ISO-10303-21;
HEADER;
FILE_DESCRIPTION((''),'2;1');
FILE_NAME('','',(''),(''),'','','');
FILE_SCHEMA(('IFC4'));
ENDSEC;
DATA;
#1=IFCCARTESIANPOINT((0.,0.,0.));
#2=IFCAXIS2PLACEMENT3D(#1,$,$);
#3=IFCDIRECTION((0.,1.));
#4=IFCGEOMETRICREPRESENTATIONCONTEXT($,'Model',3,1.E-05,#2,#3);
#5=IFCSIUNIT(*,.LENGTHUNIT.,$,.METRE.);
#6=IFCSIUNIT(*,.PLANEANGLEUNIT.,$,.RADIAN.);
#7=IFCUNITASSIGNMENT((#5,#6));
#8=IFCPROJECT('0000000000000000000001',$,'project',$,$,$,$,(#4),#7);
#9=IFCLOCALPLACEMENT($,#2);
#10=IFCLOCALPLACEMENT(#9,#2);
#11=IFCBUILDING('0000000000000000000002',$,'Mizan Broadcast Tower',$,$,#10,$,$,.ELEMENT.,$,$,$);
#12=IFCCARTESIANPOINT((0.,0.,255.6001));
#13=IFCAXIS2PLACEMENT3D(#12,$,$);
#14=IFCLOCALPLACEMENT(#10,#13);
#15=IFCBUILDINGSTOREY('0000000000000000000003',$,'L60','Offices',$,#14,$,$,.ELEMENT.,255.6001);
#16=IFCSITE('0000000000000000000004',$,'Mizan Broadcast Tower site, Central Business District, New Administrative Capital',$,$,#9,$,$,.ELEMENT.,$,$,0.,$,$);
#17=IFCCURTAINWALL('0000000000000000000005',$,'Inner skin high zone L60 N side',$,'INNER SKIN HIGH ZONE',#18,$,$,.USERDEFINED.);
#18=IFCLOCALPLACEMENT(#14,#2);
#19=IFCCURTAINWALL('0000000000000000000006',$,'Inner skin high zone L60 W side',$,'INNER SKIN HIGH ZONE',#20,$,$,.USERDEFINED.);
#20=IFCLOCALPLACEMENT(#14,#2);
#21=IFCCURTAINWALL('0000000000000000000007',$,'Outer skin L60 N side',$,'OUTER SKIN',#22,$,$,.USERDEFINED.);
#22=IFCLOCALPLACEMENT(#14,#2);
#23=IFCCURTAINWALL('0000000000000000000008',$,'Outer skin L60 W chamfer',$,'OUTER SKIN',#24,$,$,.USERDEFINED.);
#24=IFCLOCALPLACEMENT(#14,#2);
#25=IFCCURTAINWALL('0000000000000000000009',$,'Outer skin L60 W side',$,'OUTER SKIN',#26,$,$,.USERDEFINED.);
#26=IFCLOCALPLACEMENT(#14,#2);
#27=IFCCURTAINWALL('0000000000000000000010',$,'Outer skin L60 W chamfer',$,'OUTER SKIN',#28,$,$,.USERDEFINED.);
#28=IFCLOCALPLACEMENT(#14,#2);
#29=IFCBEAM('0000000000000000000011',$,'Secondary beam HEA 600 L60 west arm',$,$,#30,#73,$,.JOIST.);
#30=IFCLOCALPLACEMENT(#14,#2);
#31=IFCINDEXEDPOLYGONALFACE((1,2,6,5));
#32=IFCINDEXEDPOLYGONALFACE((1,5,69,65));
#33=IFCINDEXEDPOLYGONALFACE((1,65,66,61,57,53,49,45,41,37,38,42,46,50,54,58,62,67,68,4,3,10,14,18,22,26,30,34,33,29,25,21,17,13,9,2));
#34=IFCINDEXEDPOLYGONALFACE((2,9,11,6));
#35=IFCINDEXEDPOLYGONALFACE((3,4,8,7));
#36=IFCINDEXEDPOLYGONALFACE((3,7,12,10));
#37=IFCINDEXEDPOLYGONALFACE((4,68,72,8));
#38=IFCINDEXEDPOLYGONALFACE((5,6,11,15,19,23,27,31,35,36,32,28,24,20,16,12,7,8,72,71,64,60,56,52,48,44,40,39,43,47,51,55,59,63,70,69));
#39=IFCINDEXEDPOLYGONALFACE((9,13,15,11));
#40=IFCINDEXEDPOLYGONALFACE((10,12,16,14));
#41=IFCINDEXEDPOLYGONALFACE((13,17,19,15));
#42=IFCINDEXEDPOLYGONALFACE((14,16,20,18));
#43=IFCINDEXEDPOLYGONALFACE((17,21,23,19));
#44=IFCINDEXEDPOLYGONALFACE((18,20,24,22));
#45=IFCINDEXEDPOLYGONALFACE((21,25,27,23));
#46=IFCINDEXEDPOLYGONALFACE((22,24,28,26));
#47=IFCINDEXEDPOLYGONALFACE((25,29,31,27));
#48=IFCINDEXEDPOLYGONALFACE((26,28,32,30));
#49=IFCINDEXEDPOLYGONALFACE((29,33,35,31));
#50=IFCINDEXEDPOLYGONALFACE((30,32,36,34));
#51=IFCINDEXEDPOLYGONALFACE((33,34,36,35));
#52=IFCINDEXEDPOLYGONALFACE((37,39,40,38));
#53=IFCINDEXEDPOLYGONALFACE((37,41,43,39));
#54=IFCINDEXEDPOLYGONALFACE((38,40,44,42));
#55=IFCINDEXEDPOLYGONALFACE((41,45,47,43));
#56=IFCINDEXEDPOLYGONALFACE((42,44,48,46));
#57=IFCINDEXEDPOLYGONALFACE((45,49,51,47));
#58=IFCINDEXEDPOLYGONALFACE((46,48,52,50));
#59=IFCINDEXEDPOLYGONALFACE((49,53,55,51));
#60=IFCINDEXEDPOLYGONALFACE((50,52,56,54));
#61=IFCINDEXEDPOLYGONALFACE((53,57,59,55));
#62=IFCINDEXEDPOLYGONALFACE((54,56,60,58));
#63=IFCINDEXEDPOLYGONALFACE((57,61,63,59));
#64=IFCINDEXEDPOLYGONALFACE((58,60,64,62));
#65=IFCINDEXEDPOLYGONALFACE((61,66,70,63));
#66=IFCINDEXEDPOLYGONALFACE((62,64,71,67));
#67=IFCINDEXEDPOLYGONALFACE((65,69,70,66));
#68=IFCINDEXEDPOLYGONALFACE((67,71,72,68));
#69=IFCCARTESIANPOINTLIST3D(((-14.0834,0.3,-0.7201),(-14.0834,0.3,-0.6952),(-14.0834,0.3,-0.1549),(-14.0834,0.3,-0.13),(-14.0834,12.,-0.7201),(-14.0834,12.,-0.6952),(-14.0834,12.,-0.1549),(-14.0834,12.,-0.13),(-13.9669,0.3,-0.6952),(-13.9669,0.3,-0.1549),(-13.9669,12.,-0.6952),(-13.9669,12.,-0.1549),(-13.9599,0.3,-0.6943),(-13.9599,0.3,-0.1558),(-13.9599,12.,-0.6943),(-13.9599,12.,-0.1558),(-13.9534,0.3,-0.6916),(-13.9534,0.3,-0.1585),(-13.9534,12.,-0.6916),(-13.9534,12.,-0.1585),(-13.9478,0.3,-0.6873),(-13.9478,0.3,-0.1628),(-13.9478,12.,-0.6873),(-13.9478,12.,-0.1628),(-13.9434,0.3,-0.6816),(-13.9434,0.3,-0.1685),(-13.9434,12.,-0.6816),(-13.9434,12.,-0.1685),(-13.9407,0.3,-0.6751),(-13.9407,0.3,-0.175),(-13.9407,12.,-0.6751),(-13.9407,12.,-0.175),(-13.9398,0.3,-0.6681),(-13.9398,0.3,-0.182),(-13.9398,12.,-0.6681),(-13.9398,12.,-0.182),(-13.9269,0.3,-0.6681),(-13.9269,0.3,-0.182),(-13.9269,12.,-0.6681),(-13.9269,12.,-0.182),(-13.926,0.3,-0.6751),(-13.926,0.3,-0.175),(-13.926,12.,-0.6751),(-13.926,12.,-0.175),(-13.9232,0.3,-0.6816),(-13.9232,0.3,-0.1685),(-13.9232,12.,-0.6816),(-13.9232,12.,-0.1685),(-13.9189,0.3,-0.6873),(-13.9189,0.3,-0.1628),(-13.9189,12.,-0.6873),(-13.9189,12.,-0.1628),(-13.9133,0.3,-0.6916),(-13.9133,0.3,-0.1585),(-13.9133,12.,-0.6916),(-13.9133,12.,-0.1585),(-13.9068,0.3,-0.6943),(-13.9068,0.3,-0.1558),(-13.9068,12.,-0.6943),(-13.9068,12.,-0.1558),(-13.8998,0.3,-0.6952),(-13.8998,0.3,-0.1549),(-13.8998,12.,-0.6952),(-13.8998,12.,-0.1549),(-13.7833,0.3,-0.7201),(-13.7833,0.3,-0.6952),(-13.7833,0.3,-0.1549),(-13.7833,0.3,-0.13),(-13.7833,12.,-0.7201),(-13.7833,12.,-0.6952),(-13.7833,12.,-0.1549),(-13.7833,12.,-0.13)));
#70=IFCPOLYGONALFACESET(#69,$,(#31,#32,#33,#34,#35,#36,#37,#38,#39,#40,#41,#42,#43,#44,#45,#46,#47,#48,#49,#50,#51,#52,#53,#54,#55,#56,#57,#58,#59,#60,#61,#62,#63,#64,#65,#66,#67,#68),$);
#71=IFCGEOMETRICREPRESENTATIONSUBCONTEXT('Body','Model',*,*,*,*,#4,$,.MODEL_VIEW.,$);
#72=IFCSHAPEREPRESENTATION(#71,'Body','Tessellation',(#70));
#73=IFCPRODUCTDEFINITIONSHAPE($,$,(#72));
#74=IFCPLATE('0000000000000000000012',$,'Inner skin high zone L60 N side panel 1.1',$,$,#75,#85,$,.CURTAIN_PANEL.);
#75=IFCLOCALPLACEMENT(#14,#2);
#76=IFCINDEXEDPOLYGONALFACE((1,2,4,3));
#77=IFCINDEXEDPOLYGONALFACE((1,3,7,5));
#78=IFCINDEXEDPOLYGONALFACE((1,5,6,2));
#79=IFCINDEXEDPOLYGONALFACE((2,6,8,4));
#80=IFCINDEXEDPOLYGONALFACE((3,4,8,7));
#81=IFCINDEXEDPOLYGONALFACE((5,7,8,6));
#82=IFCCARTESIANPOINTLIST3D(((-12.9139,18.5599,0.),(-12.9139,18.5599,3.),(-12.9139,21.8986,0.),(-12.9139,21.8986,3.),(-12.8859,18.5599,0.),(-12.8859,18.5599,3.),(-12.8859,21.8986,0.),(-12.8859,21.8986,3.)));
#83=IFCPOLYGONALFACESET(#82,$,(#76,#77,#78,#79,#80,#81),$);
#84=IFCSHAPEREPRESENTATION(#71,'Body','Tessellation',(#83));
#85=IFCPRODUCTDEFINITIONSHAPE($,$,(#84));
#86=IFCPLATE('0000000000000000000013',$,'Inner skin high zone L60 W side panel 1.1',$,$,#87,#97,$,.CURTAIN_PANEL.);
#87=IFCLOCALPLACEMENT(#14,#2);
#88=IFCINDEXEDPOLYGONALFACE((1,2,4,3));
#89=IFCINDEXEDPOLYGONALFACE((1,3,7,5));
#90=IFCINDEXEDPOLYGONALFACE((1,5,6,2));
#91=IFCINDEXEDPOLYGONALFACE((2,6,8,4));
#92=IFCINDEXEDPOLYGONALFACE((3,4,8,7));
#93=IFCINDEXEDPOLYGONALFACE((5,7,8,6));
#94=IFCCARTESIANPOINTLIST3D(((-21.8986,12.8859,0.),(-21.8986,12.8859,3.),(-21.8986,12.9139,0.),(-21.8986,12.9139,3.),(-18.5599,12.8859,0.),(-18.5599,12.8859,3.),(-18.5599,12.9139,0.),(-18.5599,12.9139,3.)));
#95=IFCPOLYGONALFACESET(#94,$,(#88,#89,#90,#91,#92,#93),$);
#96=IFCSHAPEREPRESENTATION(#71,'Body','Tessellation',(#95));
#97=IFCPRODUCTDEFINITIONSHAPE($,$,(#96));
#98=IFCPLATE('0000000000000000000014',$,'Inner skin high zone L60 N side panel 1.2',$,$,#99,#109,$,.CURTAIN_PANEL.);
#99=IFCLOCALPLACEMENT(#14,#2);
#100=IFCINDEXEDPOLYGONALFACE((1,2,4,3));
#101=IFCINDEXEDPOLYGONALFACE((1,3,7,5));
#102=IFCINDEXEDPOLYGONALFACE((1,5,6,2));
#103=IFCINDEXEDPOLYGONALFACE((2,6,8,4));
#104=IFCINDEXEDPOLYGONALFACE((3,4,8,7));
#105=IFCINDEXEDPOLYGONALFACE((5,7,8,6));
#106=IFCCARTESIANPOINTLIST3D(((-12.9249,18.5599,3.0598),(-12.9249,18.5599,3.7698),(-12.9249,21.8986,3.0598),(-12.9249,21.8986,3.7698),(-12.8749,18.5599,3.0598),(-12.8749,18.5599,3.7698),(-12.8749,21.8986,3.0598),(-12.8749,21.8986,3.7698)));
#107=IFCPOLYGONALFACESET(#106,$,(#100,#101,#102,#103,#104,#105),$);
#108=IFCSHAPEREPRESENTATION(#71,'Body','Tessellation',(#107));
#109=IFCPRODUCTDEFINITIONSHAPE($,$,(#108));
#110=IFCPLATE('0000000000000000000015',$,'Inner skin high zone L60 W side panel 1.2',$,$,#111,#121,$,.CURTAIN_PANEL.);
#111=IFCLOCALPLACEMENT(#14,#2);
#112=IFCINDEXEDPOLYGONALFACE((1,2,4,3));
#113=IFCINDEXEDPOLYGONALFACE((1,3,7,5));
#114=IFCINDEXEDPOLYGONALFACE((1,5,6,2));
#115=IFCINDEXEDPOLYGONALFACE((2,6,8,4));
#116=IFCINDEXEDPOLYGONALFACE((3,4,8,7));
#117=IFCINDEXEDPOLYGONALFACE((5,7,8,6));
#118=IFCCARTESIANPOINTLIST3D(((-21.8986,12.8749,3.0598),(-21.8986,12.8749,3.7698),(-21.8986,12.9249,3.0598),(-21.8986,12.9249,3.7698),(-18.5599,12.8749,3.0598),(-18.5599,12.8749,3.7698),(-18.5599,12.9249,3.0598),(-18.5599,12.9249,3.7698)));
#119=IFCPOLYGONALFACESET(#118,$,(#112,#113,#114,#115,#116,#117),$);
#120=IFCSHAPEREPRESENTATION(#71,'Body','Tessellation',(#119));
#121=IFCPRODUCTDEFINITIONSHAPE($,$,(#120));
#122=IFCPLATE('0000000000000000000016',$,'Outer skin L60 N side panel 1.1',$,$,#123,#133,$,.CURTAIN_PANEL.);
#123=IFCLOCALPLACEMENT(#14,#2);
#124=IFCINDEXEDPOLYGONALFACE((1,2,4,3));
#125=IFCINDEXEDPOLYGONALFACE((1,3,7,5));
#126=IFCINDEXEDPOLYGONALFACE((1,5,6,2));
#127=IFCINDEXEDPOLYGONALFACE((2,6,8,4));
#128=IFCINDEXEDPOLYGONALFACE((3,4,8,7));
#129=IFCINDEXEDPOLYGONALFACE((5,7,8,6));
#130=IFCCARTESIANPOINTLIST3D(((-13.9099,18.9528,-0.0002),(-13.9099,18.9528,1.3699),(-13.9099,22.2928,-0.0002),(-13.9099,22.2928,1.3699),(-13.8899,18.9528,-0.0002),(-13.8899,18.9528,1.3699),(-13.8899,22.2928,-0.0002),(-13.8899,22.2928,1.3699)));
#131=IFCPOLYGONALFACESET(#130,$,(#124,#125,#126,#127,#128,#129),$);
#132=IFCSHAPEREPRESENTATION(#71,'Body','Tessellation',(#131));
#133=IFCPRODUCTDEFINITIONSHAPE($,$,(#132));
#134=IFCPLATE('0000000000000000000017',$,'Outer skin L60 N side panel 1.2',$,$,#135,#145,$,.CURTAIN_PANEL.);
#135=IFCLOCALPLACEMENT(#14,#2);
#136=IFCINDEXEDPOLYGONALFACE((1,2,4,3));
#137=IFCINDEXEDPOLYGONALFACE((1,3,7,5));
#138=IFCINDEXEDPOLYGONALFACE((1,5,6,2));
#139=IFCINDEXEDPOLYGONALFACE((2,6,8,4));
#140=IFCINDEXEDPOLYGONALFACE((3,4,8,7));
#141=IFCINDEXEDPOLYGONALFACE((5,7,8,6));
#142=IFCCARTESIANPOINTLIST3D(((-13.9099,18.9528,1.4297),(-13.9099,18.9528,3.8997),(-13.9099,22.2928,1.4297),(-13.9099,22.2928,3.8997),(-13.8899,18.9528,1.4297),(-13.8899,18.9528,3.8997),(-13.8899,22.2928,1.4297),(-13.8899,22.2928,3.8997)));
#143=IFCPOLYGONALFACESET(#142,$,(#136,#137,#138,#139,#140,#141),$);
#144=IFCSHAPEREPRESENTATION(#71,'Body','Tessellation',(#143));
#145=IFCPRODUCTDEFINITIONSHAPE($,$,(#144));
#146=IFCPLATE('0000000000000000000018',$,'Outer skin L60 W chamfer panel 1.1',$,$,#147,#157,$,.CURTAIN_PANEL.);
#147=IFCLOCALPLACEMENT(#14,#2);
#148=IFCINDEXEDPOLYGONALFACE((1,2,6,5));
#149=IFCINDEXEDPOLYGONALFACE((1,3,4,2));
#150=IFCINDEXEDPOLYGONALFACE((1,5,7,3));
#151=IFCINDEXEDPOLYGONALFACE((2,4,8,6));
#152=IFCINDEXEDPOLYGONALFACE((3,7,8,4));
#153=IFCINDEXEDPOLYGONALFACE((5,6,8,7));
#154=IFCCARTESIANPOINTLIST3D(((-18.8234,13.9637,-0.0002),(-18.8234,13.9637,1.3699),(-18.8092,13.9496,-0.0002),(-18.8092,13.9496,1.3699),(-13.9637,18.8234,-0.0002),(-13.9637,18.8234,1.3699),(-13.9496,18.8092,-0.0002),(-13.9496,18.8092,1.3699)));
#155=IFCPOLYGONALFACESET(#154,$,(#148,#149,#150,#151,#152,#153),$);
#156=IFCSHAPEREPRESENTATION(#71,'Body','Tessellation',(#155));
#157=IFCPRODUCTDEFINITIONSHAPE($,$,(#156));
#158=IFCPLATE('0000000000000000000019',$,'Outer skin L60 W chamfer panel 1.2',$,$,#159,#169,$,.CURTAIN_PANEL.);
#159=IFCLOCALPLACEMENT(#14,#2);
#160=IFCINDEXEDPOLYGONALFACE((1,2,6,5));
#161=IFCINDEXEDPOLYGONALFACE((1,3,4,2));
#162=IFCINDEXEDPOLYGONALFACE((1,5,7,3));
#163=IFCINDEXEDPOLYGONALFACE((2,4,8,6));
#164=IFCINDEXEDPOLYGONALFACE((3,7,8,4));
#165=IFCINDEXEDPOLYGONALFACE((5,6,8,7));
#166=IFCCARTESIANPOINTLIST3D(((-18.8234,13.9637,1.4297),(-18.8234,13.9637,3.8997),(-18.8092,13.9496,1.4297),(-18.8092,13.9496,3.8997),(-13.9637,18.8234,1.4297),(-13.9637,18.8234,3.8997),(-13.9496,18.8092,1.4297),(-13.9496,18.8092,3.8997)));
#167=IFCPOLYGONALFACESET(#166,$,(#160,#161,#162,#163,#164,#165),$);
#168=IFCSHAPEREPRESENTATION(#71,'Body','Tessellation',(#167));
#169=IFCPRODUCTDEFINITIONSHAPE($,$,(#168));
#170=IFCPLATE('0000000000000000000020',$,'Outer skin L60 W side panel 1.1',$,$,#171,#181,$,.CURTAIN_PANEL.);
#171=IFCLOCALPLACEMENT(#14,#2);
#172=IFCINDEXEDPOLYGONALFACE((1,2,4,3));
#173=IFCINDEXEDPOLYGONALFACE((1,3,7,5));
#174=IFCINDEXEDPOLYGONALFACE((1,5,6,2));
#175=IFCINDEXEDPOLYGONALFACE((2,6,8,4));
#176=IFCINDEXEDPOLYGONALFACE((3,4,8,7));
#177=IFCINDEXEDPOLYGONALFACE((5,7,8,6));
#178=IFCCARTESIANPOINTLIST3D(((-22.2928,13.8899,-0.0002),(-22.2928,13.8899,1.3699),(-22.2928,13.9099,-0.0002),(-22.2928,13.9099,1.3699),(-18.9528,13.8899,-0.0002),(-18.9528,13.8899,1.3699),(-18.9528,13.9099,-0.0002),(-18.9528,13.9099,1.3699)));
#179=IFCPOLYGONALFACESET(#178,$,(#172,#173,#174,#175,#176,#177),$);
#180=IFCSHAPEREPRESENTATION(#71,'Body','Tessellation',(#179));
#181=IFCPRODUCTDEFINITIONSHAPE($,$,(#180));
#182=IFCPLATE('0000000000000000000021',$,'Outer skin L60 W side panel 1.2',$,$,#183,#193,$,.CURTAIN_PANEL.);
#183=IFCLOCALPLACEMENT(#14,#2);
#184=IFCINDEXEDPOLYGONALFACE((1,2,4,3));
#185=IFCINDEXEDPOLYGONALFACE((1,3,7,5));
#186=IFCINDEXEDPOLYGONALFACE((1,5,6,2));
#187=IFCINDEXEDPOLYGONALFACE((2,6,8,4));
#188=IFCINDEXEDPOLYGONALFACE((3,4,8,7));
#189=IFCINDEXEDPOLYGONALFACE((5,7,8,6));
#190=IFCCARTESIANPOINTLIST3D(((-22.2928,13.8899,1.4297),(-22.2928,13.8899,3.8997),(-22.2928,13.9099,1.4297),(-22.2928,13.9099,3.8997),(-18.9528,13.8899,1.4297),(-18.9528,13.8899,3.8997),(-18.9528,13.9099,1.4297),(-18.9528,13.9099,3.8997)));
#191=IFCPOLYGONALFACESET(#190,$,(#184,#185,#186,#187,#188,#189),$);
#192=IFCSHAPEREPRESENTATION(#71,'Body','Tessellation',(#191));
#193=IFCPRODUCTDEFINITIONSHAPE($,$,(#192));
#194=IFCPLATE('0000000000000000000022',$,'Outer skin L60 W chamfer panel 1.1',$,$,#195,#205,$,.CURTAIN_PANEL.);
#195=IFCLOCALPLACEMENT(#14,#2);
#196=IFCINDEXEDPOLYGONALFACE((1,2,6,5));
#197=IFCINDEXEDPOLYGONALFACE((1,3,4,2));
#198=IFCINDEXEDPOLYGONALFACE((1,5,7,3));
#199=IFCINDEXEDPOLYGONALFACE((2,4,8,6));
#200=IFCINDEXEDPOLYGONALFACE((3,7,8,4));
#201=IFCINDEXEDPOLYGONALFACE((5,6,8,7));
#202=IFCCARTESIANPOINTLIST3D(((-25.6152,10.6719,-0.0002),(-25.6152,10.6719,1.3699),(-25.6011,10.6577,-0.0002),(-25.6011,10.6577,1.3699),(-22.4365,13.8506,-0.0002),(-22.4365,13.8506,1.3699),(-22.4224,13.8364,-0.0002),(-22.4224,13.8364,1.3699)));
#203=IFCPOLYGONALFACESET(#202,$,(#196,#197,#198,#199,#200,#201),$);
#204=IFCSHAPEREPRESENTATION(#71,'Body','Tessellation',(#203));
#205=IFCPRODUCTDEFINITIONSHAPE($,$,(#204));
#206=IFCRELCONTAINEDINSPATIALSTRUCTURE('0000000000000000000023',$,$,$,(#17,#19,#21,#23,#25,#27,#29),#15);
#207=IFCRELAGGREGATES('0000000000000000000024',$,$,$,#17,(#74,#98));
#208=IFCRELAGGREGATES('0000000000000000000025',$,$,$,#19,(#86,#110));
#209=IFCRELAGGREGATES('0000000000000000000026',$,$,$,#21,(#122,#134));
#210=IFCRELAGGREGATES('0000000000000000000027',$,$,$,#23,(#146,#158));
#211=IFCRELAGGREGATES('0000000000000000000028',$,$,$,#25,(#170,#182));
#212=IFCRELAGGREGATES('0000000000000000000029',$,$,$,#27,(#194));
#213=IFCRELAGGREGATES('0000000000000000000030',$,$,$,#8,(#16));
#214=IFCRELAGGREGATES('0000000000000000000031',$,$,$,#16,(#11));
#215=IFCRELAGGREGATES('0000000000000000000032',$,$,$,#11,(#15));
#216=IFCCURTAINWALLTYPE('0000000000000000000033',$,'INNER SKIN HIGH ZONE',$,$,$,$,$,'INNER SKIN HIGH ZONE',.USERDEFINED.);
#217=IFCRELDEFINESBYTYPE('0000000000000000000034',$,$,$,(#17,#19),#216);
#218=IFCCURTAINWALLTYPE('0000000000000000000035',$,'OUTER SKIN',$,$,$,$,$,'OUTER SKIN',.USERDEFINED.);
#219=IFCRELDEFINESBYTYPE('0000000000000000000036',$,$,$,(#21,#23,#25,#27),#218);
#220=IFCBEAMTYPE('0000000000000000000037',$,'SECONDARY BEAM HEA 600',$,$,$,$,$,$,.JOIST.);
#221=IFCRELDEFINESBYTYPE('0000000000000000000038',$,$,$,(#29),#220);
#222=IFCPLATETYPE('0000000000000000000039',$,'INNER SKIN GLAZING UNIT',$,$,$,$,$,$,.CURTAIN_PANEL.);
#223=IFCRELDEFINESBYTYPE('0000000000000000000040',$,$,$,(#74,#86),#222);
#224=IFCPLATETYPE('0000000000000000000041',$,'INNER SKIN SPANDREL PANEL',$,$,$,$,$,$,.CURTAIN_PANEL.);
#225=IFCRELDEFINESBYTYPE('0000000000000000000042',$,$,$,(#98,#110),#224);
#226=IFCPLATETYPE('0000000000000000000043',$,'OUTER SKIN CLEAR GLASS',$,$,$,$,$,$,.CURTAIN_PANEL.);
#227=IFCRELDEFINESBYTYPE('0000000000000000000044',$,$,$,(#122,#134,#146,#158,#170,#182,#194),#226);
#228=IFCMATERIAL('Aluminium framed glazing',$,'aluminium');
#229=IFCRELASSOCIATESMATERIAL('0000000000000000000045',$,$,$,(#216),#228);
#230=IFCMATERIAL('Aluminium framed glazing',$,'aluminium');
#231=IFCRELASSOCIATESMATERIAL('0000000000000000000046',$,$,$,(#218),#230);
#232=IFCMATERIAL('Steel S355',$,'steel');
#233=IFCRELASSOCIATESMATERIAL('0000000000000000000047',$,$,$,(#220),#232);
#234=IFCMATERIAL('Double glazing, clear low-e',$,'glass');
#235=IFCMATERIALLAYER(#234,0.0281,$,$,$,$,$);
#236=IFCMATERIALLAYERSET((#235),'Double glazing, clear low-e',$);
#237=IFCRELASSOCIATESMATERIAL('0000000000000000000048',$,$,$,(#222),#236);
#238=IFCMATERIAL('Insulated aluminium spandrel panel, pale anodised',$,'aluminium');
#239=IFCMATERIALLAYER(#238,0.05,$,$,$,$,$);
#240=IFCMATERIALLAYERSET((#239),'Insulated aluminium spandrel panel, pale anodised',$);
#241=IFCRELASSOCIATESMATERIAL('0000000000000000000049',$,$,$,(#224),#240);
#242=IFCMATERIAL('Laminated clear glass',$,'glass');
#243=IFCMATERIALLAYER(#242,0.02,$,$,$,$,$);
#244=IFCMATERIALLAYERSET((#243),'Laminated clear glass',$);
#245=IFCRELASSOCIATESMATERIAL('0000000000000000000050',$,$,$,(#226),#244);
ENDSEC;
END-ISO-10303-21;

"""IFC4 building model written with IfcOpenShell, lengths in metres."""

from ifc_helpers import new_model, si_unit, direction, frame, origin, origin_2d, place, context, subcontext, project, spatial, rectangle, i_section, extrude, material, layer, layer_set, material_profile, profile_set, type_object, element, aggregate, save


model = new_model("IFC4")

# Units and contexts
model_context = context("Model", 3, precision=1e-05, world=origin(), true_north=direction((0.0, 1.0)))
body_context = subcontext(model_context, "Body", "Model", "MODEL_VIEW")
ifc_project = project(units=[si_unit("LENGTHUNIT", "METRE"), si_unit("PLANEANGLEUNIT", "RADIAN")], contexts=[model_context])

# Site, building, storey
site_placement = place(None, origin())
site = spatial("IfcSite", under=ifc_project, at=site_placement, Name="Mizan Broadcast Tower site, Central Business District, New Administrative Capital", CompositionType="ELEMENT", RefElevation=0.0)
building_placement = place(site_placement, origin())
building = spatial("IfcBuilding", under=site, at=building_placement, Name="Mizan Broadcast Tower", CompositionType="ELEMENT")
storey_placement = place(building_placement, frame((0.0, 0.0, 255.6001)))
storey = spatial("IfcBuildingStorey", under=building, at=storey_placement, Name="L60", Description="Offices", CompositionType="ELEMENT", Elevation=255.6001)

# Curtain wall
ifc_material_1 = material(Name="Aluminium framed glazing", Category="aluminium")
curtain_wall_type_1 = type_object("IfcCurtainWallType", Name="INNER SKIN HIGH ZONE", ElementType="INNER SKIN HIGH ZONE", PredefinedType="USERDEFINED", material=ifc_material_1)
curtain_wall_1_placement = place(storey_placement, origin())
curtain_wall_1 = element("IfcCurtainWall", 1, at=curtain_wall_1_placement, inside=storey, type_object=curtain_wall_type_1, Name="Inner skin high zone L60 N side", ObjectType="INNER SKIN HIGH ZONE", PredefinedType="USERDEFINED")

# Curtain wall
curtain_wall_2_placement = place(storey_placement, origin())
curtain_wall_2 = element("IfcCurtainWall", 2, at=curtain_wall_2_placement, inside=storey, type_object=curtain_wall_type_1, Name="Inner skin high zone L60 W side", ObjectType="INNER SKIN HIGH ZONE", PredefinedType="USERDEFINED")

# Curtain walls
ifc_material_2 = material(Name="Aluminium framed glazing", Category="aluminium")
curtain_wall_type_2 = type_object("IfcCurtainWallType", Name="OUTER SKIN", ElementType="OUTER SKIN", PredefinedType="USERDEFINED", material=ifc_material_2)
curtain_wall_3_placement = place(storey_placement, origin())
curtain_wall_3 = element("IfcCurtainWall", 3, at=curtain_wall_3_placement, inside=storey, type_object=curtain_wall_type_2, Name="Outer skin L60 N side", ObjectType="OUTER SKIN", PredefinedType="USERDEFINED")
curtain_wall_4_placement = place(storey_placement, origin())
curtain_wall_4 = element("IfcCurtainWall", 4, at=curtain_wall_4_placement, inside=storey, type_object=curtain_wall_type_2, Name="Outer skin L60 W chamfer", ObjectType="OUTER SKIN", PredefinedType="USERDEFINED")
curtain_wall_5_placement = place(storey_placement, origin())
curtain_wall_5 = element("IfcCurtainWall", 5, at=curtain_wall_5_placement, inside=storey, type_object=curtain_wall_type_2, Name="Outer skin L60 W side", ObjectType="OUTER SKIN", PredefinedType="USERDEFINED")

# Curtain wall
curtain_wall_6_placement = place(storey_placement, origin())
curtain_wall_6 = element("IfcCurtainWall", 6, at=curtain_wall_6_placement, inside=storey, type_object=curtain_wall_type_2, Name="Outer skin L60 W chamfer", ObjectType="OUTER SKIN", PredefinedType="USERDEFINED")

# Beam
ifc_material_3 = material(Name="Steel S355", Category="steel")
ifc_material_profile_1 = material_profile(ifc_material_3, i_section(OverallWidth=0.3, OverallDepth=0.5901, WebThickness=0.0129, FlangeThickness=0.0249, FilletRadius=0.0271, at=origin_2d()), Name="HEA 600")
ifc_profile_set_1 = profile_set([ifc_material_profile_1], Name="Steel S355")
beam_type = type_object("IfcBeamType", Name="SECONDARY BEAM HEA 600", PredefinedType="JOIST", material=ifc_profile_set_1)
beam_placement = place(storey_placement, frame((-13.9333, 12.0, -0.425), z_axis=(0.0, -1.0, 0.0), x_axis=(1.0, 0.0, 0.0)))
element("IfcBeam", 7, at=beam_placement, inside=storey, type_object=beam_type, Name="Secondary beam HEA 600 L60 west arm", PredefinedType="JOIST", context=body_context, shape_type="SweptSolid", body=[
    extrude(i_section(OverallWidth=0.3, OverallDepth=0.5901, WebThickness=0.0129, FlangeThickness=0.0249, FilletRadius=0.0271, at=origin_2d()), origin(), (0.0, 0.0, 1.0), 11.7),
])

# Plates
ifc_material_4 = material(Name="Double glazing, clear low-e", Category="glass")
ifc_layer_1 = layer(ifc_material_4, 0.0281)
ifc_layer_set_1 = layer_set([ifc_layer_1], Name="Double glazing, clear low-e")
plate_type_1 = type_object("IfcPlateType", Name="INNER SKIN GLAZING UNIT", PredefinedType="CURTAIN_PANEL", material=ifc_layer_set_1)
plate_1_placement = place(storey_placement, frame((-12.8999, 20.2292, 0.0), z_axis=(0.0, 0.0, 1.0), x_axis=(0.0, -1.0, 0.0)))
plate_1 = element("IfcPlate", 8, at=plate_1_placement, type_object=plate_type_1, Name="Inner skin high zone L60 N side panel 1.1", PredefinedType="CURTAIN_PANEL", context=body_context, shape_type="SweptSolid", body=[
    extrude(rectangle(XDim=3.3386, YDim=0.0281, at=origin_2d()), origin(), (0.0, 0.0, 1.0), 3.0),
])
plate_2_placement = place(storey_placement, frame((-20.2292, 12.8999, 0.0), z_axis=(0.0, 0.0, 1.0), x_axis=(-1.0, 0.0, 0.0)))
plate_2 = element("IfcPlate", 9, at=plate_2_placement, type_object=plate_type_1, Name="Inner skin high zone L60 W side panel 1.1", PredefinedType="CURTAIN_PANEL", context=body_context, shape_type="SweptSolid", body=[
    extrude(rectangle(XDim=3.3386, YDim=0.0281, at=origin_2d()), origin(), (0.0, 0.0, 1.0), 3.0),
])
ifc_material_5 = material(Name="Insulated aluminium spandrel panel, pale anodised", Category="aluminium")
ifc_layer_2 = layer(ifc_material_5, 0.05)
ifc_layer_set_2 = layer_set([ifc_layer_2], Name="Insulated aluminium spandrel panel, pale anodised")
plate_type_2 = type_object("IfcPlateType", Name="INNER SKIN SPANDREL PANEL", PredefinedType="CURTAIN_PANEL", material=ifc_layer_set_2)
plate_3_placement = place(storey_placement, frame((-12.8999, 20.2292, 3.0598), z_axis=(0.0, 0.0, 1.0), x_axis=(0.0, -1.0, 0.0)))
plate_3 = element("IfcPlate", 10, at=plate_3_placement, type_object=plate_type_2, Name="Inner skin high zone L60 N side panel 1.2", PredefinedType="CURTAIN_PANEL", context=body_context, shape_type="SweptSolid", body=[
    extrude(rectangle(XDim=3.3386, YDim=0.05, at=origin_2d()), origin(), (0.0, 0.0, 1.0), 0.71),
])
aggregate(curtain_wall_1, [plate_1, plate_3])
plate_4_placement = place(storey_placement, frame((-20.2292, 12.8999, 3.0598), z_axis=(0.0, 0.0, 1.0), x_axis=(-1.0, 0.0, 0.0)))
plate_4 = element("IfcPlate", 11, at=plate_4_placement, type_object=plate_type_2, Name="Inner skin high zone L60 W side panel 1.2", PredefinedType="CURTAIN_PANEL", context=body_context, shape_type="SweptSolid", body=[
    extrude(rectangle(XDim=3.3386, YDim=0.05, at=origin_2d()), origin(), (0.0, 0.0, 1.0), 0.71),
])
aggregate(curtain_wall_2, [plate_2, plate_4])
ifc_material_6 = material(Name="Laminated clear glass", Category="glass")
ifc_layer_3 = layer(ifc_material_6, 0.02)
ifc_layer_set_3 = layer_set([ifc_layer_3], Name="Laminated clear glass")
plate_type_3 = type_object("IfcPlateType", Name="OUTER SKIN CLEAR GLASS", PredefinedType="CURTAIN_PANEL", material=ifc_layer_set_3)
plate_5_placement = place(storey_placement, frame((-13.8999, 20.6228, -0.0002), z_axis=(0.0, 0.0, 1.0), x_axis=(0.0, -1.0, 0.0)))
plate_5 = element("IfcPlate", 12, at=plate_5_placement, type_object=plate_type_3, Name="Outer skin L60 N side panel 1.1", PredefinedType="CURTAIN_PANEL", context=body_context, shape_type="SweptSolid", body=[
    extrude(rectangle(XDim=3.3401, YDim=0.02, at=origin_2d()), origin(), (0.0, 0.0, 1.0), 1.3701),
])
plate_6_placement = place(storey_placement, frame((-13.8999, 20.6228, 1.4297), z_axis=(0.0, 0.0, 1.0), x_axis=(0.0, -1.0, 0.0)))
plate_6 = element("IfcPlate", 13, at=plate_6_placement, type_object=plate_type_3, Name="Outer skin L60 N side panel 1.2", PredefinedType="CURTAIN_PANEL", context=body_context, shape_type="SweptSolid", body=[
    extrude(rectangle(XDim=3.3401, YDim=0.02, at=origin_2d()), origin(), (0.0, 0.0, 1.0), 2.47),
])
aggregate(curtain_wall_3, [plate_5, plate_6])
plate_7_placement = place(storey_placement, frame((-16.3865, 16.3865, -0.0002), z_axis=(0.0, 0.0, 1.0), x_axis=(-0.707107, -0.707107, 0.0)))
plate_7 = element("IfcPlate", 14, at=plate_7_placement, type_object=plate_type_3, Name="Outer skin L60 W chamfer panel 1.1", PredefinedType="CURTAIN_PANEL", context=body_context, shape_type="SweptSolid", body=[
    extrude(rectangle(XDim=6.8726, YDim=0.02, at=origin_2d()), origin(), (0.0, 0.0, 1.0), 1.3701),
])
plate_8_placement = place(storey_placement, frame((-16.3865, 16.3865, 1.4297), z_axis=(0.0, 0.0, 1.0), x_axis=(-0.707107, -0.707107, 0.0)))
plate_8 = element("IfcPlate", 15, at=plate_8_placement, type_object=plate_type_3, Name="Outer skin L60 W chamfer panel 1.2", PredefinedType="CURTAIN_PANEL", context=body_context, shape_type="SweptSolid", body=[
    extrude(rectangle(XDim=6.8726, YDim=0.02, at=origin_2d()), origin(), (0.0, 0.0, 1.0), 2.47),
])
aggregate(curtain_wall_4, [plate_7, plate_8])
plate_9_placement = place(storey_placement, frame((-20.6228, 13.8999, -0.0002), z_axis=(0.0, 0.0, 1.0), x_axis=(-1.0, 0.0, 0.0)))
plate_9 = element("IfcPlate", 16, at=plate_9_placement, type_object=plate_type_3, Name="Outer skin L60 W side panel 1.1", PredefinedType="CURTAIN_PANEL", context=body_context, shape_type="SweptSolid", body=[
    extrude(rectangle(XDim=3.3401, YDim=0.02, at=origin_2d()), origin(), (0.0, 0.0, 1.0), 1.3701),
])
plate_10_placement = place(storey_placement, frame((-20.6228, 13.8999, 1.4297), z_axis=(0.0, 0.0, 1.0), x_axis=(-1.0, 0.0, 0.0)))
plate_10 = element("IfcPlate", 17, at=plate_10_placement, type_object=plate_type_3, Name="Outer skin L60 W side panel 1.2", PredefinedType="CURTAIN_PANEL", context=body_context, shape_type="SweptSolid", body=[
    extrude(rectangle(XDim=3.3401, YDim=0.02, at=origin_2d()), origin(), (0.0, 0.0, 1.0), 2.47),
])
aggregate(curtain_wall_5, [plate_9, plate_10])
plate_11_placement = place(storey_placement, frame((-24.0188, 12.2542, -0.0002), z_axis=(0.0, 0.0, 1.0), x_axis=(-0.707107, -0.707107, 0.0)))
plate_11 = element("IfcPlate", 18, at=plate_11_placement, type_object=plate_type_3, Name="Outer skin L60 W chamfer panel 1.1", PredefinedType="CURTAIN_PANEL", context=body_context, shape_type="SweptSolid", body=[
    extrude(rectangle(XDim=4.4954, YDim=0.02, at=origin_2d()), origin(), (0.0, 0.0, 1.0), 1.3701),
])
aggregate(curtain_wall_6, [plate_11])

save(model, "model.ifc")
